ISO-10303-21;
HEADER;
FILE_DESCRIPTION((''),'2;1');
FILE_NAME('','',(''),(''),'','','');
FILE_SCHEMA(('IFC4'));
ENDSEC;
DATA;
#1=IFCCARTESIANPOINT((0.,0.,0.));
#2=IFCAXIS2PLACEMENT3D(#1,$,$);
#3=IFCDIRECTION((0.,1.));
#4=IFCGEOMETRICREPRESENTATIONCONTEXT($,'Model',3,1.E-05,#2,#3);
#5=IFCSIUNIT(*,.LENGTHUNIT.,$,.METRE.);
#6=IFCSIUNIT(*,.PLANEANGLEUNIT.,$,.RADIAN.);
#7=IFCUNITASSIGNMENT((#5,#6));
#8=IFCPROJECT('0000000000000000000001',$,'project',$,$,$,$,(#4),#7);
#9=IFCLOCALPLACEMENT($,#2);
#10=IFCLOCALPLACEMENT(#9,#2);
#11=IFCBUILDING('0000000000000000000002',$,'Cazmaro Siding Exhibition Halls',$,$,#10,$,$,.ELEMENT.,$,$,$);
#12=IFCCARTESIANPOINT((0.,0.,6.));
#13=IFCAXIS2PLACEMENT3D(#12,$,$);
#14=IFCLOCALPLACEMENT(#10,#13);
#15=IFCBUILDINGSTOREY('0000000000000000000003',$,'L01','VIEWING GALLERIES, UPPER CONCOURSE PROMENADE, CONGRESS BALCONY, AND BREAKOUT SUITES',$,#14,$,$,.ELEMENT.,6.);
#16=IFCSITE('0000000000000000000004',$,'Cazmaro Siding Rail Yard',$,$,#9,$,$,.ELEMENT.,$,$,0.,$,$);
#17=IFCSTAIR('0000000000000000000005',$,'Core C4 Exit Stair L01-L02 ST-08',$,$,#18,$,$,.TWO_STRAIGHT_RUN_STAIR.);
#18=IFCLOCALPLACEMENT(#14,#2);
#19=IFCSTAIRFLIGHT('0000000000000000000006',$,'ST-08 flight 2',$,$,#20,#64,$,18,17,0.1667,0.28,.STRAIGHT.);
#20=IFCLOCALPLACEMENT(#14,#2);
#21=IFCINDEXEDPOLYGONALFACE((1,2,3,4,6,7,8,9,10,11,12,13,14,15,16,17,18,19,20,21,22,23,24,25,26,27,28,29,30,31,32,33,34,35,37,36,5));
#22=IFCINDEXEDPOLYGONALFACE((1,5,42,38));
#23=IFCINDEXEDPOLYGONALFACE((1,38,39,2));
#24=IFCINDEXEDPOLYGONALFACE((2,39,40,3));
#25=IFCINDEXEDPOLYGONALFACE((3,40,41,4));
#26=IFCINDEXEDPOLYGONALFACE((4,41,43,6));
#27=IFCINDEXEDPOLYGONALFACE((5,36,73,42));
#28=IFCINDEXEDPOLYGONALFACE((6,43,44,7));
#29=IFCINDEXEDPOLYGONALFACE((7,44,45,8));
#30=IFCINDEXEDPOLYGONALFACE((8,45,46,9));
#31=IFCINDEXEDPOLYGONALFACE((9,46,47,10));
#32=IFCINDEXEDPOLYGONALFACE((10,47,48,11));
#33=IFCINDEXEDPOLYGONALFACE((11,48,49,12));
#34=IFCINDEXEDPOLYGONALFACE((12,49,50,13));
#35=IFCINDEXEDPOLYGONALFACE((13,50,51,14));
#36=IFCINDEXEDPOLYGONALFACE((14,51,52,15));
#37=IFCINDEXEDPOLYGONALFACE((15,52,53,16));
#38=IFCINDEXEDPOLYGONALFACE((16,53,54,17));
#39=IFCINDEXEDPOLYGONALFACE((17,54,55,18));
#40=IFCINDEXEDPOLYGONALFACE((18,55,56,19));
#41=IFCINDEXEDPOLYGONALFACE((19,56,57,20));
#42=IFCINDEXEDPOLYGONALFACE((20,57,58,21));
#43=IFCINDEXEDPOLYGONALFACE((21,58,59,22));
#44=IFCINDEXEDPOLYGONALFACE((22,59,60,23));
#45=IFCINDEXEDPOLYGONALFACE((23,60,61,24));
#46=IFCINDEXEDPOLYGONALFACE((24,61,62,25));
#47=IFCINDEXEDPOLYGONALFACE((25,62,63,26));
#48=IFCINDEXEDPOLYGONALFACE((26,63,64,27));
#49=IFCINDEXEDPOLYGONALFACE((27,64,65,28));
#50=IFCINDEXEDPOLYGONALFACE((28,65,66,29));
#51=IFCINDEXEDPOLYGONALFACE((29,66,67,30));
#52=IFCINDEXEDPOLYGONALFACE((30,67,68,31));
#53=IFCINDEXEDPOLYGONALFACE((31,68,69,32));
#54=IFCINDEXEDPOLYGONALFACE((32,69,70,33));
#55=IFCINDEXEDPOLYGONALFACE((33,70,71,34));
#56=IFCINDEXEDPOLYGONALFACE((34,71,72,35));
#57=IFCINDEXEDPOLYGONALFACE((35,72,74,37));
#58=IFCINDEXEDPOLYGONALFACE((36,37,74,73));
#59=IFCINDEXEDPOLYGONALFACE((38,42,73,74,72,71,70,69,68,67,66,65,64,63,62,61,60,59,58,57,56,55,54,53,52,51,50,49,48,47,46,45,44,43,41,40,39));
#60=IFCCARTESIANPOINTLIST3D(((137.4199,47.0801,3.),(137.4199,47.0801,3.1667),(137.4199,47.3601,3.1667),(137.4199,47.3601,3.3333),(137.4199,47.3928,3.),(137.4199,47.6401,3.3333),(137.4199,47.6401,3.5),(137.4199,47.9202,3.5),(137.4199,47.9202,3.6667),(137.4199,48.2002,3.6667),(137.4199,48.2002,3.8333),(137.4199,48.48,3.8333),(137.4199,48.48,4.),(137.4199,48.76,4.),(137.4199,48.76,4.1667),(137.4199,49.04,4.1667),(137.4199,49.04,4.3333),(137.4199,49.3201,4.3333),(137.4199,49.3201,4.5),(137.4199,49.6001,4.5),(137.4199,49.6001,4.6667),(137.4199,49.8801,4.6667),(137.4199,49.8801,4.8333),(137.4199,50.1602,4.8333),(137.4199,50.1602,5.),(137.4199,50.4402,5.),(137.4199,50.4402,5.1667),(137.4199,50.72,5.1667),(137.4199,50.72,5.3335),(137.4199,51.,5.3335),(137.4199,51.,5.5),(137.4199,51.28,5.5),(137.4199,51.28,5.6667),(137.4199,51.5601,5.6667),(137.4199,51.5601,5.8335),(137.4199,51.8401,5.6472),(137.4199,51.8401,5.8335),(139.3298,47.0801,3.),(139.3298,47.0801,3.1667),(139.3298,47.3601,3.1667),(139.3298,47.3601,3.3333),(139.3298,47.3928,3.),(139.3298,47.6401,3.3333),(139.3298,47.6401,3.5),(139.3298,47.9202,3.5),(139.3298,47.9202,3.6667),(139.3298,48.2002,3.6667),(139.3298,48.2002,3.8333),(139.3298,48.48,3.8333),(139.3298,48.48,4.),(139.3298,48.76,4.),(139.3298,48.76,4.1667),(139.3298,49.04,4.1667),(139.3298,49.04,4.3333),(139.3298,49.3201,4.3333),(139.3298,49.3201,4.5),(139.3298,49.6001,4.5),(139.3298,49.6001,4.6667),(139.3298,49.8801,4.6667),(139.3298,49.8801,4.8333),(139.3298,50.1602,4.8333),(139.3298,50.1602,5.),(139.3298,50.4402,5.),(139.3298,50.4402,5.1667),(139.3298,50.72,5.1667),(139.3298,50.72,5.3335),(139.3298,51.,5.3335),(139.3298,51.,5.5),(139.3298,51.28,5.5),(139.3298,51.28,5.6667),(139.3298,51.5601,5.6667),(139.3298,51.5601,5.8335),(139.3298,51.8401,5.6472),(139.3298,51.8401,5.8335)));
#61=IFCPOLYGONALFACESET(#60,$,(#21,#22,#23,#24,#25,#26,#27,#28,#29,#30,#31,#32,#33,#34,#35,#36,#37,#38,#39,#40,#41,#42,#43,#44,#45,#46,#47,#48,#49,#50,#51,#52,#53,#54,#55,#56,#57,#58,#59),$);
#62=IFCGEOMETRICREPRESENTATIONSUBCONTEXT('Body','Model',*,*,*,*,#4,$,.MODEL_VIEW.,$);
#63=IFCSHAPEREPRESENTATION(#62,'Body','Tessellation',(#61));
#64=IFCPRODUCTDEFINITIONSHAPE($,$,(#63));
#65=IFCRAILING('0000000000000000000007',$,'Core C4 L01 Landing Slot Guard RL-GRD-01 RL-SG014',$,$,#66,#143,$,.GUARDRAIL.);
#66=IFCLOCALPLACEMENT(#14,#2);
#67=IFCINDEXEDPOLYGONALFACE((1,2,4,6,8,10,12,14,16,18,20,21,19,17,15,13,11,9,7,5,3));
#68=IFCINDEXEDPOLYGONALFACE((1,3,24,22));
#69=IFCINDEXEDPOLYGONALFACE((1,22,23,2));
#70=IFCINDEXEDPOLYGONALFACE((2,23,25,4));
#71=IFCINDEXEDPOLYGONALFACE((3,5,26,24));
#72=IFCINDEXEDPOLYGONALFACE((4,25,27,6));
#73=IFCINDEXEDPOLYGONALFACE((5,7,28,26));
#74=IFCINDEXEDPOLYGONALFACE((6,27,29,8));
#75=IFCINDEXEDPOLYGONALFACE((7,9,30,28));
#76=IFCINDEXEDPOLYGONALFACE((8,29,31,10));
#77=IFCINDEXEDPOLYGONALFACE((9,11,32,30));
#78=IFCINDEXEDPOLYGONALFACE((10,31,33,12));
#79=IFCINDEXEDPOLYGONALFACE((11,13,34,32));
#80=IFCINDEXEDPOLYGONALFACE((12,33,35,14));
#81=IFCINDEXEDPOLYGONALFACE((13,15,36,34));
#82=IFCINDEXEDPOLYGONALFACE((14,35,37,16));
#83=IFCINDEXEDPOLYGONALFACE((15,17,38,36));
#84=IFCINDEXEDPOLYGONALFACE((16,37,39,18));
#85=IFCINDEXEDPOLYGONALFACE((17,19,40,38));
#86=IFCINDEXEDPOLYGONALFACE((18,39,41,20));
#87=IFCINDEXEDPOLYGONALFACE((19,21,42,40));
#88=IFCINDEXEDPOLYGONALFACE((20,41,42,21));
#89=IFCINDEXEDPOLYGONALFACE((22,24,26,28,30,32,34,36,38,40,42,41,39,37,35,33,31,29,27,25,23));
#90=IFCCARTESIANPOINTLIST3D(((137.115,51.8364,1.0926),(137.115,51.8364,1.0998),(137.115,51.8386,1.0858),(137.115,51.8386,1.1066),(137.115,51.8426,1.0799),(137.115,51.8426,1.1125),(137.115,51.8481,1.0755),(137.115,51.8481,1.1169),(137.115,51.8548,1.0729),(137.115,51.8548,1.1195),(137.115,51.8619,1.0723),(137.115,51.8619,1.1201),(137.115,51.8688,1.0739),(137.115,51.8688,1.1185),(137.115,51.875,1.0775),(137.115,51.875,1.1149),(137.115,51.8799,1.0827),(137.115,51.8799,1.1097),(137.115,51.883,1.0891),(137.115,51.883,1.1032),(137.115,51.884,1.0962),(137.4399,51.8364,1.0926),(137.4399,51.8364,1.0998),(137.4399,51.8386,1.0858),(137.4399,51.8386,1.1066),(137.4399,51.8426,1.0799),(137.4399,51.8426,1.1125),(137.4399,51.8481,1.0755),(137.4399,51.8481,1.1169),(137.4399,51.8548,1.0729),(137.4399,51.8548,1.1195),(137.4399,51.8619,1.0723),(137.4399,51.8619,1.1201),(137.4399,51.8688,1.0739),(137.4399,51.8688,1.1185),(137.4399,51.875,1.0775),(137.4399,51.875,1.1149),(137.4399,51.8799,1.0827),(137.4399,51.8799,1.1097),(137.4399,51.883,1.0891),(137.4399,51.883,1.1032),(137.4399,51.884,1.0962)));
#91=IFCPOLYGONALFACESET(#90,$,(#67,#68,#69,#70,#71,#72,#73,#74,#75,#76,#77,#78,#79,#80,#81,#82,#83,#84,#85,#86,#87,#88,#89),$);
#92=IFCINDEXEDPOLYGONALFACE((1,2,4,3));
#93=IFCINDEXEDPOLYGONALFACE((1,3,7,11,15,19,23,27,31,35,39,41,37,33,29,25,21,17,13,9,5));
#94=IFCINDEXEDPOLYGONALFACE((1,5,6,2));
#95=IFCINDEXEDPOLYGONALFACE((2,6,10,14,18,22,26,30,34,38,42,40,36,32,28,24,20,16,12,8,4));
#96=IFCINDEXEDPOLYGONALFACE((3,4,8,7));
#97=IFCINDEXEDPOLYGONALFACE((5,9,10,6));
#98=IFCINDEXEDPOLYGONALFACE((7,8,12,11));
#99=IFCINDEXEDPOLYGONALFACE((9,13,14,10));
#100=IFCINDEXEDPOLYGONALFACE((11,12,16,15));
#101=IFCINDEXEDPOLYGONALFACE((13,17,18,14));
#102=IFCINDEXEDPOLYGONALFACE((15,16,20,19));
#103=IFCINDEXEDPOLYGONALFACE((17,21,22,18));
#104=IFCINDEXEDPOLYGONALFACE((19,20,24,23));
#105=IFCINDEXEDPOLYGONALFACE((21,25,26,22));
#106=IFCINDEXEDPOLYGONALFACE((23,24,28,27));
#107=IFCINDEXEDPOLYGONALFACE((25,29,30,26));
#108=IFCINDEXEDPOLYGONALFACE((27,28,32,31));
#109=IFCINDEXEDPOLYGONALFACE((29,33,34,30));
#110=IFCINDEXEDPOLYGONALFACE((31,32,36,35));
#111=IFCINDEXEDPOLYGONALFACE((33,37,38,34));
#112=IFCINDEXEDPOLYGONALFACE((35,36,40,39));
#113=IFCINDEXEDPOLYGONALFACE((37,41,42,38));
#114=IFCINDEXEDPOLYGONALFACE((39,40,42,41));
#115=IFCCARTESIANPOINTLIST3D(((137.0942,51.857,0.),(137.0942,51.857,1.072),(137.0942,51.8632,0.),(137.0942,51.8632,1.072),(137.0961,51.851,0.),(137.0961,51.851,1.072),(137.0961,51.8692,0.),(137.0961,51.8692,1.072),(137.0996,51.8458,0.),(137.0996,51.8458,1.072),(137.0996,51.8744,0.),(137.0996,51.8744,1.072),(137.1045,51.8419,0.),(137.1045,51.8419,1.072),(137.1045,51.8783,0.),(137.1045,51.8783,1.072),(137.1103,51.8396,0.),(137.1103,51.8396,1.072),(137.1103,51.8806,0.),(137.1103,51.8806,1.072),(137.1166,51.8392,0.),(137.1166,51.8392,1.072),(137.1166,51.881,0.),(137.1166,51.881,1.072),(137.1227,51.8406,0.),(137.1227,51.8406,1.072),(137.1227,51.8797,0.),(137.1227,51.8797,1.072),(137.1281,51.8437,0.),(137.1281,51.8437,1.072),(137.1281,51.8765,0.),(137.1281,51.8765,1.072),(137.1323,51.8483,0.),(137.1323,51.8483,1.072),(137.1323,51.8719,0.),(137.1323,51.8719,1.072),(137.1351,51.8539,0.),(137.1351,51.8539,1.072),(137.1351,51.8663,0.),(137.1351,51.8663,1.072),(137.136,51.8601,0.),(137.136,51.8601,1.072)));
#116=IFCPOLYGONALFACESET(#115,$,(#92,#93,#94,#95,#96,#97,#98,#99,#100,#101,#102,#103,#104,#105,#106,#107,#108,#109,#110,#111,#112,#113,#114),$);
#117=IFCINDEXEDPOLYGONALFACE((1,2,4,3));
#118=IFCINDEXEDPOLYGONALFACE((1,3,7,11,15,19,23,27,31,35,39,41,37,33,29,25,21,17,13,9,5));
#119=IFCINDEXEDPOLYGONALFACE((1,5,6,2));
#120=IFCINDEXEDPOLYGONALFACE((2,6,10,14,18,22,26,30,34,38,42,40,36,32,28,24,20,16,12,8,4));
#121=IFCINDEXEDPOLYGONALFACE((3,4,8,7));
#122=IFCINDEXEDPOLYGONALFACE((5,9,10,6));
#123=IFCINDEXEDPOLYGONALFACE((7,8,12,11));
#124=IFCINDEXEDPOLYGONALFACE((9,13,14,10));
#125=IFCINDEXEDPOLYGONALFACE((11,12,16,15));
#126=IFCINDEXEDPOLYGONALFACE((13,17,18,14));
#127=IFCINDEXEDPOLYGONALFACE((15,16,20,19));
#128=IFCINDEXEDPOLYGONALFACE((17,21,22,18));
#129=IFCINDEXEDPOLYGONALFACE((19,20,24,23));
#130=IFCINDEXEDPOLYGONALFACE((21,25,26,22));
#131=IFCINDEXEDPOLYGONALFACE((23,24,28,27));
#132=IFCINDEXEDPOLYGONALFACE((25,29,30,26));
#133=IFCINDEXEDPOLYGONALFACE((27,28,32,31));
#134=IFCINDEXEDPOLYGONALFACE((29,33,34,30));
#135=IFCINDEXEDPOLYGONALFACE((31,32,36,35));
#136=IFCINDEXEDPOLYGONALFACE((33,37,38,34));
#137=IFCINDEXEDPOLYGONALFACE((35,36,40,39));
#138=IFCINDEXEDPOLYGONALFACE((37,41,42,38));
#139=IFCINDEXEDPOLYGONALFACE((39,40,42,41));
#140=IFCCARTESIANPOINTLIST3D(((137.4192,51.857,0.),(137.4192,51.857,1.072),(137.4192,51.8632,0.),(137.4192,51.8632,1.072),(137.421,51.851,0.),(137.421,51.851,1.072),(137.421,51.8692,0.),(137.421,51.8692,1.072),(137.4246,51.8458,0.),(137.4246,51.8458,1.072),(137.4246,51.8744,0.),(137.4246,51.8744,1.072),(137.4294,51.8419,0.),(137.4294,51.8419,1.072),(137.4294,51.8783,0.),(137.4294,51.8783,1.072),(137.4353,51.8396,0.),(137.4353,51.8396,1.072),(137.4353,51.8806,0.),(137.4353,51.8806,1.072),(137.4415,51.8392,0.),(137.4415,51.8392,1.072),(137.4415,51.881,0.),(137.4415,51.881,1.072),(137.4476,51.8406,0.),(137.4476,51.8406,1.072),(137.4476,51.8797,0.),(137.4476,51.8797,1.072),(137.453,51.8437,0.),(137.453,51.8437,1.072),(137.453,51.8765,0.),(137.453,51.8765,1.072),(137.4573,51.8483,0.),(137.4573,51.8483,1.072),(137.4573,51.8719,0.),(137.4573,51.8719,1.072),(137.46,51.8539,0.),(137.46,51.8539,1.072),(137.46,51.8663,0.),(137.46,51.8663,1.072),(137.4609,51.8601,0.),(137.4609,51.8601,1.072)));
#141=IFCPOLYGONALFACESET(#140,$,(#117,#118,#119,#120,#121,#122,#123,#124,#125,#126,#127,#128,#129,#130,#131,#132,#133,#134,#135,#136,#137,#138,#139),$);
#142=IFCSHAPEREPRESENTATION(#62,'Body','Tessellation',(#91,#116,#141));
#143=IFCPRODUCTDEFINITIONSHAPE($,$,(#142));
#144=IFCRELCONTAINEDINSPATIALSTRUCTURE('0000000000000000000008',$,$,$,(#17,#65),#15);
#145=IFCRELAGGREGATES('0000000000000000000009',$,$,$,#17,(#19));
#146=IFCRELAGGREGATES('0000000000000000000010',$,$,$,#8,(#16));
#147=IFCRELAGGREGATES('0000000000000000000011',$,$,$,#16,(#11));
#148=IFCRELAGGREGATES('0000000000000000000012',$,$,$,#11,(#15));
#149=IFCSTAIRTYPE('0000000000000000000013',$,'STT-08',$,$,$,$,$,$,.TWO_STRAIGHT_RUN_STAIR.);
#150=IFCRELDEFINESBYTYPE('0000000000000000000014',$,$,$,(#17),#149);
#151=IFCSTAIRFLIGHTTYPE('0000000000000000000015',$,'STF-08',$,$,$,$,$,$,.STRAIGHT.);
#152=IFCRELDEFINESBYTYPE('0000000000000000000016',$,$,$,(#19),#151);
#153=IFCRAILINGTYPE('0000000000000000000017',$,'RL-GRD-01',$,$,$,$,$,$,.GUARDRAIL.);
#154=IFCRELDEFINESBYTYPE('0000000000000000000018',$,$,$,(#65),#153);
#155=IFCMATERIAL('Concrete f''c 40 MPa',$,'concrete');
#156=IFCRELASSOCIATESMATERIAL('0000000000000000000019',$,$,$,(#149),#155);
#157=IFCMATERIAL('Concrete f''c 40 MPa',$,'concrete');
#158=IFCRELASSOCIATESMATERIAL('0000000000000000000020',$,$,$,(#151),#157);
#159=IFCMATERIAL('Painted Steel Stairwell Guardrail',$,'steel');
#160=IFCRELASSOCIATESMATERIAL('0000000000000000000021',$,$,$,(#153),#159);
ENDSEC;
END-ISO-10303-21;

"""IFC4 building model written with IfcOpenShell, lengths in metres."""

from ifc_helpers import new_model, si_unit, direction, frame, origin, origin_2d, place, context, subcontext, project, spatial, polyline, circle, outline, extrude, material, type_object, element, aggregate, save


model = new_model("IFC4")

# Units and contexts
model_context = context("Model", 3, precision=1e-05, world=origin(), true_north=direction((0.0, 1.0)))
body_context = subcontext(model_context, "Body", "Model", "MODEL_VIEW")
ifc_project = project(units=[si_unit("LENGTHUNIT", "METRE"), si_unit("PLANEANGLEUNIT", "RADIAN")], contexts=[model_context])

# Site, building, storey
site_placement = place(None, origin())
site = spatial("IfcSite", under=ifc_project, at=site_placement, Name="Cazmaro Siding Rail Yard", CompositionType="ELEMENT", RefElevation=0.0)
building_placement = place(site_placement, origin())
building = spatial("IfcBuilding", under=site, at=building_placement, Name="Cazmaro Siding Exhibition Halls", CompositionType="ELEMENT")
storey_placement = place(building_placement, frame((0.0, 0.0, 6.0)))
storey = spatial("IfcBuildingStorey", under=building, at=storey_placement, Name="L01", Description="VIEWING GALLERIES, UPPER CONCOURSE PROMENADE, CONGRESS BALCONY, AND BREAKOUT SUITES", CompositionType="ELEMENT", Elevation=6.0)

# Stair, stair flight
ifc_material_1 = material(Name="Concrete f'c 40 MPa", Category="concrete")
stair_type = type_object("IfcStairType", Name="STT-08", PredefinedType="TWO_STRAIGHT_RUN_STAIR", material=ifc_material_1)
stair_placement = place(storey_placement, origin())
stair = element("IfcStair", 1, at=stair_placement, inside=storey, type_object=stair_type, Name="Core C4 Exit Stair L01-L02 ST-08", PredefinedType="TWO_STRAIGHT_RUN_STAIR")
ifc_material_2 = material(Name="Concrete f'c 40 MPa", Category="concrete")
stair_flight_type = type_object("IfcStairFlightType", Name="STF-08", PredefinedType="STRAIGHT", material=ifc_material_2)
stair_flight_1_placement = place(storey_placement, frame((138.375, 47.0801, 3.0), z_axis=(0.0, 0.0, 1.0), x_axis=(0.0, 1.0, 0.0)))
stair_flight_1 = element("IfcStairFlight", 2, at=stair_flight_1_placement, type_object=stair_flight_type, Name="ST-08 flight 2", NumberOfRisers=18, NumberOfTreads=17, PredefinedType="STRAIGHT", RiserHeight=0.1667, TreadLength=0.28, context=body_context, shape_type="SweptSolid", body=[
    extrude(outline(polyline([(0.0, 0.0), (0.0, 0.1667), (0.28, 0.1667), (0.28, 0.3333), (0.5601, 0.3333), (0.5601, 0.5), (0.8401, 0.5), (0.8401, 0.6667), (1.1201, 0.6667), (1.1201, 0.8333), (1.3999, 0.8333), (1.3999, 1.0), (1.6799, 1.0), (1.6799, 1.1667), (1.96, 1.1667), (1.96, 1.3333), (2.24, 1.3333), (2.24, 1.5), (2.52, 1.5), (2.52, 1.6667), (2.8, 1.6667), (2.8, 1.8333), (3.0801, 1.8333), (3.0801, 2.0), (3.3601, 2.0), (3.3601, 2.1667), (3.6399, 2.1667), (3.6399, 2.3335), (3.9199, 2.3335), (3.9199, 2.5), (4.2, 2.5), (4.2, 2.6667), (4.48, 2.6667), (4.48, 2.8335), (4.76, 2.8335), (4.76, 3.0), (4.76, 2.6472), (0.3127, 0.0), (0.0, 0.0)])), frame((0.0, 0.9551, 0.0), z_axis=(0.0, -1.0, 0.0), x_axis=(1.0, 0.0, 0.0)), (0.0, 0.0, 1.0), 1.9099),
])
aggregate(stair, [stair_flight_1])

# Railing
ifc_material_3 = material(Name="Painted Steel Stairwell Guardrail", Category="steel")
railing_type_1 = type_object("IfcRailingType", Name="RL-GRD-01", PredefinedType="GUARDRAIL", material=ifc_material_3)
for number, where, name in (
    (3, (137.115, 51.8601, 0.0), "Core C4 L01 Landing Slot Guard RL-GRD-01 RL-SG014"),
):
    element("IfcRailing", number, at=place(storey_placement, frame(where)), inside=storey, type_object=railing_type_1, Name=name, PredefinedType="GUARDRAIL", context=body_context, shape_type="SweptSolid", body=[
        extrude(circle(Radius=0.0239, at=origin_2d()), frame((0.0, 0.0, 1.0962), z_axis=(1.0, 0.0, 0.0), x_axis=(0.0, 1.0, 0.0)), (0.0, 0.0, 1.0), 0.325),
        extrude(circle(Radius=0.021, at=origin_2d()), origin(), (0.0, 0.0, 1.0), 1.072),
        extrude(circle(Radius=0.021, at=origin_2d()), frame((0.325, 0.0, 0.0)), (0.0, 0.0, 1.0), 1.072),
    ])

save(model, "model.ifc")
